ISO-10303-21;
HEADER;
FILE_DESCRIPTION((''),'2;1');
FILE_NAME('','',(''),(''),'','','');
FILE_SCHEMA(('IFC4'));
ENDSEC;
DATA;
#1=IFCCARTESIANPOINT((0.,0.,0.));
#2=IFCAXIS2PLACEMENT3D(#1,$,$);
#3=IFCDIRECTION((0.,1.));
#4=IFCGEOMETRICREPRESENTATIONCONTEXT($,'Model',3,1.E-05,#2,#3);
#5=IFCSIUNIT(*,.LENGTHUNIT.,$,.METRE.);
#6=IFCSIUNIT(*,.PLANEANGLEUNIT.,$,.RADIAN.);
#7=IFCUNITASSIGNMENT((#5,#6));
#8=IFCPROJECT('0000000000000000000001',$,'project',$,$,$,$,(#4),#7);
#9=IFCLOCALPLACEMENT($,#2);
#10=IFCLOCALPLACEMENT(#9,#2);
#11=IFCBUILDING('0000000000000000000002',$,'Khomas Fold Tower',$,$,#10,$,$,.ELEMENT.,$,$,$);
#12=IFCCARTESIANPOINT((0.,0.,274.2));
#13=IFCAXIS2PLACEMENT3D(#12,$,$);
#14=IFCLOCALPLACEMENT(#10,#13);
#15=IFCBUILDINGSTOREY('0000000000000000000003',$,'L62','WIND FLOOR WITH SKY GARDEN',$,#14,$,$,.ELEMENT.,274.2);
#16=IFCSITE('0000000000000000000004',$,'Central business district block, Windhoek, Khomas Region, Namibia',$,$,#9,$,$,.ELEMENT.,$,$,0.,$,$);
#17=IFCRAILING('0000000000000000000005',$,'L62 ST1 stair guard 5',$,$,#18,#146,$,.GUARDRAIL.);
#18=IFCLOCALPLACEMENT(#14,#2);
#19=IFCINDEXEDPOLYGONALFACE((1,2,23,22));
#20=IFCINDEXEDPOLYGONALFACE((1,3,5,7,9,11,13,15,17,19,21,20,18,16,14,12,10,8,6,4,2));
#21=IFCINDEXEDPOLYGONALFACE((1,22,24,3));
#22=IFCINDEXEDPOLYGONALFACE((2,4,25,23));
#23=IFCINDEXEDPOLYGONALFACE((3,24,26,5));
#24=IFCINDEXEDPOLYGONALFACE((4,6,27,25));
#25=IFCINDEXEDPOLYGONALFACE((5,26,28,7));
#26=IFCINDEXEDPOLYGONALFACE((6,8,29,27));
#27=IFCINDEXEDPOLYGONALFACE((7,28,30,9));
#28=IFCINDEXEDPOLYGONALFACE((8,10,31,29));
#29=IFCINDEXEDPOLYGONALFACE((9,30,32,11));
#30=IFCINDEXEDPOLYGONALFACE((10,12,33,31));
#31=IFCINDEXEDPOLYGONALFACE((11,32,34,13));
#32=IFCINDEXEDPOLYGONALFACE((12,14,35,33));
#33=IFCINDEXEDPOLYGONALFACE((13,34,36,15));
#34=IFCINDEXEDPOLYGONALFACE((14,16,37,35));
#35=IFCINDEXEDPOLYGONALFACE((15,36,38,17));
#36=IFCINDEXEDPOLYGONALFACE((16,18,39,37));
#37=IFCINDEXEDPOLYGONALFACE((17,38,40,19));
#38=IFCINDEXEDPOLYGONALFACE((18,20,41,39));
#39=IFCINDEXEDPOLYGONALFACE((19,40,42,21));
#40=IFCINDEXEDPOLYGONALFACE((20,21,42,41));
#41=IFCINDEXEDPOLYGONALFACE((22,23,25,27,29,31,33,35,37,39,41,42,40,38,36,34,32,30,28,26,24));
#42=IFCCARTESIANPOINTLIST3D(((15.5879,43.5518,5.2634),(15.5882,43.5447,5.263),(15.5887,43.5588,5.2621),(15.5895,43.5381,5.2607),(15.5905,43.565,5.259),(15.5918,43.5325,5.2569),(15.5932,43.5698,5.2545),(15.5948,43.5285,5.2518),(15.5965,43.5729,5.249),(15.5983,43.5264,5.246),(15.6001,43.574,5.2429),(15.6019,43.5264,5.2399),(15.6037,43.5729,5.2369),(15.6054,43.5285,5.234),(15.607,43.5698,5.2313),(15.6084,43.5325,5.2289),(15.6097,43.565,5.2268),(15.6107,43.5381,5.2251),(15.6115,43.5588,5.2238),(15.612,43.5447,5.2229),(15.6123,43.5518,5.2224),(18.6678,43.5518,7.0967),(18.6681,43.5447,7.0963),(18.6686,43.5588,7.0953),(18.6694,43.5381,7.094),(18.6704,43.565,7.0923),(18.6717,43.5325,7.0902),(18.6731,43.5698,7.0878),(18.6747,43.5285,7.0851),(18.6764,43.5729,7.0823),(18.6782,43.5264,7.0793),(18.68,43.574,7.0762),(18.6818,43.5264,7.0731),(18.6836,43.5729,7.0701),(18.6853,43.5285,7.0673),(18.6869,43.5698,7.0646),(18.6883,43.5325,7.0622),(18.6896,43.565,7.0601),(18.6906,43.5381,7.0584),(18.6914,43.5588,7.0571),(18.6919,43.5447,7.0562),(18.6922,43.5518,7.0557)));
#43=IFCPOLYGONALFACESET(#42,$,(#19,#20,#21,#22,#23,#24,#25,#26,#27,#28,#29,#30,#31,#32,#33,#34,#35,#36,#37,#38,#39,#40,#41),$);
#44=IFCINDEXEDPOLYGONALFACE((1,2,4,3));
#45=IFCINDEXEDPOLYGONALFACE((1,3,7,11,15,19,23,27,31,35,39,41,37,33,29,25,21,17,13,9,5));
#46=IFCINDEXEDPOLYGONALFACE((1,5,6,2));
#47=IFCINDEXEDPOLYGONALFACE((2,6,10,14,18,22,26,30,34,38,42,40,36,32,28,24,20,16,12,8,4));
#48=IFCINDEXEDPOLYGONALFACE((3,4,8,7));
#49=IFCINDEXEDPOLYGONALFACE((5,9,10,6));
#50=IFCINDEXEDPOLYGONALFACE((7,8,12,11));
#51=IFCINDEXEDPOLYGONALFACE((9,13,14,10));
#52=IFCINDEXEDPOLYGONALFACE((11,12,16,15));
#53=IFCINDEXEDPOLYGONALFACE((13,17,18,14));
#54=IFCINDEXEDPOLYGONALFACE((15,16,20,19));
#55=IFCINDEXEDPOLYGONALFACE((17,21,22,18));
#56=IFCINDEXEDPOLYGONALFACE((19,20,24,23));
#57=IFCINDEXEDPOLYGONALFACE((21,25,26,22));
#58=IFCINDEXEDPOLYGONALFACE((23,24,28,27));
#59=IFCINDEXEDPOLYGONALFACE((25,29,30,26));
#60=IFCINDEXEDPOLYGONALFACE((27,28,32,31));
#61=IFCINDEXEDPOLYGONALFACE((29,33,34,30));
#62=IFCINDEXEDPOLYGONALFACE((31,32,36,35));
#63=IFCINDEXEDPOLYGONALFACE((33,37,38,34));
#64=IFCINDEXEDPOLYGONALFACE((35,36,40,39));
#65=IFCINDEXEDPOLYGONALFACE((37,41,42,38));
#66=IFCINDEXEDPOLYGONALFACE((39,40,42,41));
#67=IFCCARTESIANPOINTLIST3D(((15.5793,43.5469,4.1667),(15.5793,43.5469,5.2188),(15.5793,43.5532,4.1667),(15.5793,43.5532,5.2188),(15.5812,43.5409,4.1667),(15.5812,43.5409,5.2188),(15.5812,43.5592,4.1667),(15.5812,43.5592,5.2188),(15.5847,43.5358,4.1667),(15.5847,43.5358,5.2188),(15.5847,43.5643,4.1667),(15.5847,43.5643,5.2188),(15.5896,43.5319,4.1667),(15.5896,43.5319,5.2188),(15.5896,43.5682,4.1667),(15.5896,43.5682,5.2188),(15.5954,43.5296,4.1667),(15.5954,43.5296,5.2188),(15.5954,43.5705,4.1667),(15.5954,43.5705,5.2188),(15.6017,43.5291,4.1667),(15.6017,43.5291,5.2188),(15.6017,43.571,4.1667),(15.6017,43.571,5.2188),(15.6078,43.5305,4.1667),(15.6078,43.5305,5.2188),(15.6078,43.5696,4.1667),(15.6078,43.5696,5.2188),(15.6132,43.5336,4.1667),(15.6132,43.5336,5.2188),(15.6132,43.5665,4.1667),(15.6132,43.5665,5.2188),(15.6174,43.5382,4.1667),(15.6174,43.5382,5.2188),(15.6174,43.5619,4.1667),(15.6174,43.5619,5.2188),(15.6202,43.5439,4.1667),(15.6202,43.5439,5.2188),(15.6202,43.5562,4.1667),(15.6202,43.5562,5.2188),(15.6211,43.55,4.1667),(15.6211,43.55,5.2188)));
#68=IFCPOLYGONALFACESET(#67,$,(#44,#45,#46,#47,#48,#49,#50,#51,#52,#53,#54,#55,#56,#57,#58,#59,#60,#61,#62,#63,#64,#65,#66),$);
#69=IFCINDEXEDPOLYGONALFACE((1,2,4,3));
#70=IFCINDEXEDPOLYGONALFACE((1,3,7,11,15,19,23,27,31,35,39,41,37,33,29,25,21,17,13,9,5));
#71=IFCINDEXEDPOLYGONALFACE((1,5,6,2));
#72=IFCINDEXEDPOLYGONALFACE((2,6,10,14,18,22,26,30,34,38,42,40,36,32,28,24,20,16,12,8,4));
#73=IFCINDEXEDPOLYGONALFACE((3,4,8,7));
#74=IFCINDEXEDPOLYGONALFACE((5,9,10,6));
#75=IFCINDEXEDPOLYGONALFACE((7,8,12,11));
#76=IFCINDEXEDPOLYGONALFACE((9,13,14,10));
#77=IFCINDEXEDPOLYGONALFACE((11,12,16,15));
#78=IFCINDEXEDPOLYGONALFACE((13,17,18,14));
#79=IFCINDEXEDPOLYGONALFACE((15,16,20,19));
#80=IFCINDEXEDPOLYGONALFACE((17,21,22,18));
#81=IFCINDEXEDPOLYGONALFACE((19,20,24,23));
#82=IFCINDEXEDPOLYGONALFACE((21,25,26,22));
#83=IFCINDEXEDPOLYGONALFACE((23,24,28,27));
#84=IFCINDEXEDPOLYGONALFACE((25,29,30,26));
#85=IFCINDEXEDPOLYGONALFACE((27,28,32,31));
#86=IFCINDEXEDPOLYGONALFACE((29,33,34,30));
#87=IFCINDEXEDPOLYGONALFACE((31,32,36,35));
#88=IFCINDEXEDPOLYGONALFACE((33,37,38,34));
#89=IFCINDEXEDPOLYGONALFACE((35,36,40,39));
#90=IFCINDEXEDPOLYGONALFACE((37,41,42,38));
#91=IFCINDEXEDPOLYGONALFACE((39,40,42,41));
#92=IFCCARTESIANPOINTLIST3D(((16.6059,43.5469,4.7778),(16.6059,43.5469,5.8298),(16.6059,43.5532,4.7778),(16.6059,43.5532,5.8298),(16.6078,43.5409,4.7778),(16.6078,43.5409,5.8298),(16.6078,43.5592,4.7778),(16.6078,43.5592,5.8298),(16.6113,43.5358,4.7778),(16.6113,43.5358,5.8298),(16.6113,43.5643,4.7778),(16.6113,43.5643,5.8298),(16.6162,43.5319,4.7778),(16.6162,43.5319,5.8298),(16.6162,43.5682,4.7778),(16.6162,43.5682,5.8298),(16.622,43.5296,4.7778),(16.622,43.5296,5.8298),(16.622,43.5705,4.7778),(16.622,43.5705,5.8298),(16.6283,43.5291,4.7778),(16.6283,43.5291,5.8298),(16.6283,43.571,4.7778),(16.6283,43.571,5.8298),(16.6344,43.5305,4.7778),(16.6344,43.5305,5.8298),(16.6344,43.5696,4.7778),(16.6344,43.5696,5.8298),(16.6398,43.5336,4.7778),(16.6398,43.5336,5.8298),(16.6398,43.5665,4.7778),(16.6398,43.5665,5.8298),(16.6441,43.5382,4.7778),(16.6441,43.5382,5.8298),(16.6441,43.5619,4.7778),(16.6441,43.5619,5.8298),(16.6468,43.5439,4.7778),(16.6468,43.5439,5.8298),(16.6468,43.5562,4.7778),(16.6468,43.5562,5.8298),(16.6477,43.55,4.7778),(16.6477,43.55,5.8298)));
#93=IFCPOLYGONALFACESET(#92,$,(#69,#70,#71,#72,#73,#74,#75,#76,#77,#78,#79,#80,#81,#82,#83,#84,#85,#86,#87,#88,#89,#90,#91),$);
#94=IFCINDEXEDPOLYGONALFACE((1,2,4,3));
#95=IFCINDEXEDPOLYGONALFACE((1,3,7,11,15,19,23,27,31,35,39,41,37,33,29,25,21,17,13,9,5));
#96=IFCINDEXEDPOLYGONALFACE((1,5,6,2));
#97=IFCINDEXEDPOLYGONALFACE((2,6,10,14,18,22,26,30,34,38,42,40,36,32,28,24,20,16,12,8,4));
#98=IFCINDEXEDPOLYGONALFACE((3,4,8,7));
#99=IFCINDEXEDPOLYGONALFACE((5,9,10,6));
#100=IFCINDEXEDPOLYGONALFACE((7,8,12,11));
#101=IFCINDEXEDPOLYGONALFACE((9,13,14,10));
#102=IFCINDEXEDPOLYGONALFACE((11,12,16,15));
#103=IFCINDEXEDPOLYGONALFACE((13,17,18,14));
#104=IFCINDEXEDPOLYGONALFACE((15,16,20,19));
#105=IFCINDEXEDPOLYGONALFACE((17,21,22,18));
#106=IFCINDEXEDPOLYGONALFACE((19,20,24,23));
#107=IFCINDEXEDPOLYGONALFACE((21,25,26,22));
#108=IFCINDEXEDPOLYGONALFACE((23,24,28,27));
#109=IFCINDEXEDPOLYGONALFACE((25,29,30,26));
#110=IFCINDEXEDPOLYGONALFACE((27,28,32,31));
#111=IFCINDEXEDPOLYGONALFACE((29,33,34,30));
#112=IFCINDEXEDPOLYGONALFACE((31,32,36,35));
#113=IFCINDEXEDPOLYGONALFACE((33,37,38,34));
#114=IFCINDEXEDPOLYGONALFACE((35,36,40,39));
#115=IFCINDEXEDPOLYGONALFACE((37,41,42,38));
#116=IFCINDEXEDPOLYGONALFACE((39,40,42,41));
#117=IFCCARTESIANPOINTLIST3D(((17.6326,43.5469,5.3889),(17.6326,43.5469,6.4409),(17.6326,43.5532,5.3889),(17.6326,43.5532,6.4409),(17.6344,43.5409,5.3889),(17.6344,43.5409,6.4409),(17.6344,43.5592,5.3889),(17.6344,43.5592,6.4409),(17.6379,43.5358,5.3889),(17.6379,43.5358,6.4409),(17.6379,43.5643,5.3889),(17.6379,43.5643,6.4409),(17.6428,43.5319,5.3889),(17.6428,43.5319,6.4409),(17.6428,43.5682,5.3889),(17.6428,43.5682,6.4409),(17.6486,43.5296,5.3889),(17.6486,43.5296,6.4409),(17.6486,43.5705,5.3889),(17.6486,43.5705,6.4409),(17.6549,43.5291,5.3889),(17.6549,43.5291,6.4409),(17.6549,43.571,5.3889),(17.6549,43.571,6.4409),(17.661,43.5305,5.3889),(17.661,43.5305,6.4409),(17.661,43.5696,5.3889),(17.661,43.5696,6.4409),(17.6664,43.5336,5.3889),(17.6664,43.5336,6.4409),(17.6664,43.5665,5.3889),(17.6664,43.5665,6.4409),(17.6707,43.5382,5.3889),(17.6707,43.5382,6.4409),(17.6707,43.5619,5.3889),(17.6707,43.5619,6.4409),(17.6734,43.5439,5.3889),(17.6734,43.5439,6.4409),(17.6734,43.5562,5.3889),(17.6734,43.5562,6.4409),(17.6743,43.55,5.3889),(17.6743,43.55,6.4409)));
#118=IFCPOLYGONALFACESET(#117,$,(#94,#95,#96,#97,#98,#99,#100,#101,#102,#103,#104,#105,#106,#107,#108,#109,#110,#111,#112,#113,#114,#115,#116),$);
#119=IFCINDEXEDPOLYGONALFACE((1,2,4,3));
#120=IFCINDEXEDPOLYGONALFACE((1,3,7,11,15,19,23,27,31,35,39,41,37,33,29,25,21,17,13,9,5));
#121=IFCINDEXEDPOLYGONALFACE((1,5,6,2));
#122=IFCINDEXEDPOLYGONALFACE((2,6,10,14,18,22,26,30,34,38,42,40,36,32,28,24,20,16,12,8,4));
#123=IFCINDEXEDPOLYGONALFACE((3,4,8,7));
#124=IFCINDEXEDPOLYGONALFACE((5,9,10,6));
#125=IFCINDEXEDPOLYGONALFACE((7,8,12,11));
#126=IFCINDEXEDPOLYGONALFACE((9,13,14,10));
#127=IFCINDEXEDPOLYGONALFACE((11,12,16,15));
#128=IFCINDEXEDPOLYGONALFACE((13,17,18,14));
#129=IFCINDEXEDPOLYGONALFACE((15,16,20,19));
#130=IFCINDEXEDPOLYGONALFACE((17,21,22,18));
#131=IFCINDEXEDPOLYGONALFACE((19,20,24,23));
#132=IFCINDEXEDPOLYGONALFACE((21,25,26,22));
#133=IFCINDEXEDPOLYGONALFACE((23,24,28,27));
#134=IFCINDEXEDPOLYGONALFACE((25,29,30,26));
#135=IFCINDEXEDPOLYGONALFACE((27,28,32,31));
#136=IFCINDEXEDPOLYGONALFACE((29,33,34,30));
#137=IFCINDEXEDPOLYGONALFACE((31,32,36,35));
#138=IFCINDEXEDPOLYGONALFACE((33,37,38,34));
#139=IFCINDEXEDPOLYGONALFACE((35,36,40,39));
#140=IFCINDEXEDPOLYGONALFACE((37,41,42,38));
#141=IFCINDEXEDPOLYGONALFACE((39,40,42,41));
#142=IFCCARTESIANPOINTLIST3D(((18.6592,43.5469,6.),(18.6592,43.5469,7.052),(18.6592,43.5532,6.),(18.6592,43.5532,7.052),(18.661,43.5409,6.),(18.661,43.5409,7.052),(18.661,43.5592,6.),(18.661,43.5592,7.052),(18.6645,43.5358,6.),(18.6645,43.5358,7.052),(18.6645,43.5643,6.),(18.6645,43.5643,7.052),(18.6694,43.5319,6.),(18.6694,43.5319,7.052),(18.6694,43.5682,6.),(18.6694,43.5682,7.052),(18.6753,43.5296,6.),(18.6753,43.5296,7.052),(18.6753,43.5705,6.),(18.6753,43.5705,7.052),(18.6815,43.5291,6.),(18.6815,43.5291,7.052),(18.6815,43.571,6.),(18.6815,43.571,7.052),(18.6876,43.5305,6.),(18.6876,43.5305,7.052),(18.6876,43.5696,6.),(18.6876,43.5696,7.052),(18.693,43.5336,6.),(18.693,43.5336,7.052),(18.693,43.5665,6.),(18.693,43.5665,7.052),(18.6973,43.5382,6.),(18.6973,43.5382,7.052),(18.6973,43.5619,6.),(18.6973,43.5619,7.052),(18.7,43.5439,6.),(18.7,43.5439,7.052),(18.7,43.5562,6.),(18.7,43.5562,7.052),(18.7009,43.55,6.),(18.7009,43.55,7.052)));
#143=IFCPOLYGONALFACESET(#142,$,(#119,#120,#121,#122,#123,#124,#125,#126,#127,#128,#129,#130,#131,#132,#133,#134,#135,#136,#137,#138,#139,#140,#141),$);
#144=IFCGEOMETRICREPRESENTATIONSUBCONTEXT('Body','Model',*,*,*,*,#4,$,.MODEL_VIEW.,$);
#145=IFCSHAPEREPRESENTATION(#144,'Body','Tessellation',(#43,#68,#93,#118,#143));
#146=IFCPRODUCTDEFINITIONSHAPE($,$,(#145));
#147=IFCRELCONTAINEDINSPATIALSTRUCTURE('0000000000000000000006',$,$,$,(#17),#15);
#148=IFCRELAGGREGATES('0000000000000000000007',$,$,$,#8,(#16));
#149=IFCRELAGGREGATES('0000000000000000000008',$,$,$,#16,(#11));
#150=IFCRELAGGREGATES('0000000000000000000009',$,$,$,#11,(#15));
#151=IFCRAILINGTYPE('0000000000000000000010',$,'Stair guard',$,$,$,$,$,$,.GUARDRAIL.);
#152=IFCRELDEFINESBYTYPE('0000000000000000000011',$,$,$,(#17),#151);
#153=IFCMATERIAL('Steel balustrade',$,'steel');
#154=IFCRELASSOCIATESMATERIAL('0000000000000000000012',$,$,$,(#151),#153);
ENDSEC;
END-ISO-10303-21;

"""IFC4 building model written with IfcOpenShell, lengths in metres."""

from ifc_helpers import new_model, si_unit, direction, frame, origin, origin_2d, place, context, subcontext, project, spatial, circle, extrude, source, transform, mapped, material, type_object, element, save


model = new_model("IFC4")

# Units and contexts
model_context = context("Model", 3, precision=1e-05, world=origin(), true_north=direction((0.0, 1.0)))
body_context = subcontext(model_context, "Body", "Model", "MODEL_VIEW")
ifc_project = project(units=[si_unit("LENGTHUNIT", "METRE"), si_unit("PLANEANGLEUNIT", "RADIAN")], contexts=[model_context])

# Site, building, storey
site_placement = place(None, origin())
site = spatial("IfcSite", under=ifc_project, at=site_placement, Name="Central business district block, Windhoek, Khomas Region, Namibia", CompositionType="ELEMENT", RefElevation=0.0)
building_placement = place(site_placement, origin())
building = spatial("IfcBuilding", under=site, at=building_placement, Name="Khomas Fold Tower", CompositionType="ELEMENT")
storey_placement = place(building_placement, frame((0.0, 0.0, 274.2)))
storey = spatial("IfcBuildingStorey", under=building, at=storey_placement, Name="L62", Description="WIND FLOOR WITH SKY GARDEN", CompositionType="ELEMENT", Elevation=274.2)

# Railing
ifc_material_1 = material(Name="Steel balustrade", Category="steel")
railing_type_1 = type_object("IfcRailingType", Name="Stair guard", PredefinedType="GUARDRAIL", material=ifc_material_1)
shared_shape_1 = source(origin(), body_context, "Body", "SweptSolid", [
    extrude(circle(Radius=0.0239, at=origin_2d()), frame((0.0, 0.0, 1.0762), z_axis=(0.859291, 0.0, 0.511487), x_axis=(0.0, 1.0, 0.0)), (0.0, 0.0, 1.0), 3.5842),
    extrude(circle(Radius=0.021, at=origin_2d()), origin(), (0.0, 0.0, 1.0), 1.052),
    extrude(circle(Radius=0.021, at=origin_2d()), frame((1.0266, 0.0, 0.6111)), (0.0, 0.0, 1.0), 1.052),
    extrude(circle(Radius=0.021, at=origin_2d()), frame((2.0532, 0.0, 1.2222)), (0.0, 0.0, 1.0), 1.052),
    extrude(circle(Radius=0.021, at=origin_2d()), frame((3.0798, 0.0, 1.8333)), (0.0, 0.0, 1.0), 1.052),
])
for number, where, name in (
    (1, (15.6001, 43.55, 4.1667), "L62 ST1 stair guard 5"),
):
    element("IfcRailing", number, at=place(storey_placement, frame(where)), inside=storey, type_object=railing_type_1, Name=name, PredefinedType="GUARDRAIL", context=body_context, shape_type="MappedRepresentation", body=[
        mapped(shared_shape_1, transform((0.0, 0.0, 0.0))),
    ])

save(model, "model.ifc")
